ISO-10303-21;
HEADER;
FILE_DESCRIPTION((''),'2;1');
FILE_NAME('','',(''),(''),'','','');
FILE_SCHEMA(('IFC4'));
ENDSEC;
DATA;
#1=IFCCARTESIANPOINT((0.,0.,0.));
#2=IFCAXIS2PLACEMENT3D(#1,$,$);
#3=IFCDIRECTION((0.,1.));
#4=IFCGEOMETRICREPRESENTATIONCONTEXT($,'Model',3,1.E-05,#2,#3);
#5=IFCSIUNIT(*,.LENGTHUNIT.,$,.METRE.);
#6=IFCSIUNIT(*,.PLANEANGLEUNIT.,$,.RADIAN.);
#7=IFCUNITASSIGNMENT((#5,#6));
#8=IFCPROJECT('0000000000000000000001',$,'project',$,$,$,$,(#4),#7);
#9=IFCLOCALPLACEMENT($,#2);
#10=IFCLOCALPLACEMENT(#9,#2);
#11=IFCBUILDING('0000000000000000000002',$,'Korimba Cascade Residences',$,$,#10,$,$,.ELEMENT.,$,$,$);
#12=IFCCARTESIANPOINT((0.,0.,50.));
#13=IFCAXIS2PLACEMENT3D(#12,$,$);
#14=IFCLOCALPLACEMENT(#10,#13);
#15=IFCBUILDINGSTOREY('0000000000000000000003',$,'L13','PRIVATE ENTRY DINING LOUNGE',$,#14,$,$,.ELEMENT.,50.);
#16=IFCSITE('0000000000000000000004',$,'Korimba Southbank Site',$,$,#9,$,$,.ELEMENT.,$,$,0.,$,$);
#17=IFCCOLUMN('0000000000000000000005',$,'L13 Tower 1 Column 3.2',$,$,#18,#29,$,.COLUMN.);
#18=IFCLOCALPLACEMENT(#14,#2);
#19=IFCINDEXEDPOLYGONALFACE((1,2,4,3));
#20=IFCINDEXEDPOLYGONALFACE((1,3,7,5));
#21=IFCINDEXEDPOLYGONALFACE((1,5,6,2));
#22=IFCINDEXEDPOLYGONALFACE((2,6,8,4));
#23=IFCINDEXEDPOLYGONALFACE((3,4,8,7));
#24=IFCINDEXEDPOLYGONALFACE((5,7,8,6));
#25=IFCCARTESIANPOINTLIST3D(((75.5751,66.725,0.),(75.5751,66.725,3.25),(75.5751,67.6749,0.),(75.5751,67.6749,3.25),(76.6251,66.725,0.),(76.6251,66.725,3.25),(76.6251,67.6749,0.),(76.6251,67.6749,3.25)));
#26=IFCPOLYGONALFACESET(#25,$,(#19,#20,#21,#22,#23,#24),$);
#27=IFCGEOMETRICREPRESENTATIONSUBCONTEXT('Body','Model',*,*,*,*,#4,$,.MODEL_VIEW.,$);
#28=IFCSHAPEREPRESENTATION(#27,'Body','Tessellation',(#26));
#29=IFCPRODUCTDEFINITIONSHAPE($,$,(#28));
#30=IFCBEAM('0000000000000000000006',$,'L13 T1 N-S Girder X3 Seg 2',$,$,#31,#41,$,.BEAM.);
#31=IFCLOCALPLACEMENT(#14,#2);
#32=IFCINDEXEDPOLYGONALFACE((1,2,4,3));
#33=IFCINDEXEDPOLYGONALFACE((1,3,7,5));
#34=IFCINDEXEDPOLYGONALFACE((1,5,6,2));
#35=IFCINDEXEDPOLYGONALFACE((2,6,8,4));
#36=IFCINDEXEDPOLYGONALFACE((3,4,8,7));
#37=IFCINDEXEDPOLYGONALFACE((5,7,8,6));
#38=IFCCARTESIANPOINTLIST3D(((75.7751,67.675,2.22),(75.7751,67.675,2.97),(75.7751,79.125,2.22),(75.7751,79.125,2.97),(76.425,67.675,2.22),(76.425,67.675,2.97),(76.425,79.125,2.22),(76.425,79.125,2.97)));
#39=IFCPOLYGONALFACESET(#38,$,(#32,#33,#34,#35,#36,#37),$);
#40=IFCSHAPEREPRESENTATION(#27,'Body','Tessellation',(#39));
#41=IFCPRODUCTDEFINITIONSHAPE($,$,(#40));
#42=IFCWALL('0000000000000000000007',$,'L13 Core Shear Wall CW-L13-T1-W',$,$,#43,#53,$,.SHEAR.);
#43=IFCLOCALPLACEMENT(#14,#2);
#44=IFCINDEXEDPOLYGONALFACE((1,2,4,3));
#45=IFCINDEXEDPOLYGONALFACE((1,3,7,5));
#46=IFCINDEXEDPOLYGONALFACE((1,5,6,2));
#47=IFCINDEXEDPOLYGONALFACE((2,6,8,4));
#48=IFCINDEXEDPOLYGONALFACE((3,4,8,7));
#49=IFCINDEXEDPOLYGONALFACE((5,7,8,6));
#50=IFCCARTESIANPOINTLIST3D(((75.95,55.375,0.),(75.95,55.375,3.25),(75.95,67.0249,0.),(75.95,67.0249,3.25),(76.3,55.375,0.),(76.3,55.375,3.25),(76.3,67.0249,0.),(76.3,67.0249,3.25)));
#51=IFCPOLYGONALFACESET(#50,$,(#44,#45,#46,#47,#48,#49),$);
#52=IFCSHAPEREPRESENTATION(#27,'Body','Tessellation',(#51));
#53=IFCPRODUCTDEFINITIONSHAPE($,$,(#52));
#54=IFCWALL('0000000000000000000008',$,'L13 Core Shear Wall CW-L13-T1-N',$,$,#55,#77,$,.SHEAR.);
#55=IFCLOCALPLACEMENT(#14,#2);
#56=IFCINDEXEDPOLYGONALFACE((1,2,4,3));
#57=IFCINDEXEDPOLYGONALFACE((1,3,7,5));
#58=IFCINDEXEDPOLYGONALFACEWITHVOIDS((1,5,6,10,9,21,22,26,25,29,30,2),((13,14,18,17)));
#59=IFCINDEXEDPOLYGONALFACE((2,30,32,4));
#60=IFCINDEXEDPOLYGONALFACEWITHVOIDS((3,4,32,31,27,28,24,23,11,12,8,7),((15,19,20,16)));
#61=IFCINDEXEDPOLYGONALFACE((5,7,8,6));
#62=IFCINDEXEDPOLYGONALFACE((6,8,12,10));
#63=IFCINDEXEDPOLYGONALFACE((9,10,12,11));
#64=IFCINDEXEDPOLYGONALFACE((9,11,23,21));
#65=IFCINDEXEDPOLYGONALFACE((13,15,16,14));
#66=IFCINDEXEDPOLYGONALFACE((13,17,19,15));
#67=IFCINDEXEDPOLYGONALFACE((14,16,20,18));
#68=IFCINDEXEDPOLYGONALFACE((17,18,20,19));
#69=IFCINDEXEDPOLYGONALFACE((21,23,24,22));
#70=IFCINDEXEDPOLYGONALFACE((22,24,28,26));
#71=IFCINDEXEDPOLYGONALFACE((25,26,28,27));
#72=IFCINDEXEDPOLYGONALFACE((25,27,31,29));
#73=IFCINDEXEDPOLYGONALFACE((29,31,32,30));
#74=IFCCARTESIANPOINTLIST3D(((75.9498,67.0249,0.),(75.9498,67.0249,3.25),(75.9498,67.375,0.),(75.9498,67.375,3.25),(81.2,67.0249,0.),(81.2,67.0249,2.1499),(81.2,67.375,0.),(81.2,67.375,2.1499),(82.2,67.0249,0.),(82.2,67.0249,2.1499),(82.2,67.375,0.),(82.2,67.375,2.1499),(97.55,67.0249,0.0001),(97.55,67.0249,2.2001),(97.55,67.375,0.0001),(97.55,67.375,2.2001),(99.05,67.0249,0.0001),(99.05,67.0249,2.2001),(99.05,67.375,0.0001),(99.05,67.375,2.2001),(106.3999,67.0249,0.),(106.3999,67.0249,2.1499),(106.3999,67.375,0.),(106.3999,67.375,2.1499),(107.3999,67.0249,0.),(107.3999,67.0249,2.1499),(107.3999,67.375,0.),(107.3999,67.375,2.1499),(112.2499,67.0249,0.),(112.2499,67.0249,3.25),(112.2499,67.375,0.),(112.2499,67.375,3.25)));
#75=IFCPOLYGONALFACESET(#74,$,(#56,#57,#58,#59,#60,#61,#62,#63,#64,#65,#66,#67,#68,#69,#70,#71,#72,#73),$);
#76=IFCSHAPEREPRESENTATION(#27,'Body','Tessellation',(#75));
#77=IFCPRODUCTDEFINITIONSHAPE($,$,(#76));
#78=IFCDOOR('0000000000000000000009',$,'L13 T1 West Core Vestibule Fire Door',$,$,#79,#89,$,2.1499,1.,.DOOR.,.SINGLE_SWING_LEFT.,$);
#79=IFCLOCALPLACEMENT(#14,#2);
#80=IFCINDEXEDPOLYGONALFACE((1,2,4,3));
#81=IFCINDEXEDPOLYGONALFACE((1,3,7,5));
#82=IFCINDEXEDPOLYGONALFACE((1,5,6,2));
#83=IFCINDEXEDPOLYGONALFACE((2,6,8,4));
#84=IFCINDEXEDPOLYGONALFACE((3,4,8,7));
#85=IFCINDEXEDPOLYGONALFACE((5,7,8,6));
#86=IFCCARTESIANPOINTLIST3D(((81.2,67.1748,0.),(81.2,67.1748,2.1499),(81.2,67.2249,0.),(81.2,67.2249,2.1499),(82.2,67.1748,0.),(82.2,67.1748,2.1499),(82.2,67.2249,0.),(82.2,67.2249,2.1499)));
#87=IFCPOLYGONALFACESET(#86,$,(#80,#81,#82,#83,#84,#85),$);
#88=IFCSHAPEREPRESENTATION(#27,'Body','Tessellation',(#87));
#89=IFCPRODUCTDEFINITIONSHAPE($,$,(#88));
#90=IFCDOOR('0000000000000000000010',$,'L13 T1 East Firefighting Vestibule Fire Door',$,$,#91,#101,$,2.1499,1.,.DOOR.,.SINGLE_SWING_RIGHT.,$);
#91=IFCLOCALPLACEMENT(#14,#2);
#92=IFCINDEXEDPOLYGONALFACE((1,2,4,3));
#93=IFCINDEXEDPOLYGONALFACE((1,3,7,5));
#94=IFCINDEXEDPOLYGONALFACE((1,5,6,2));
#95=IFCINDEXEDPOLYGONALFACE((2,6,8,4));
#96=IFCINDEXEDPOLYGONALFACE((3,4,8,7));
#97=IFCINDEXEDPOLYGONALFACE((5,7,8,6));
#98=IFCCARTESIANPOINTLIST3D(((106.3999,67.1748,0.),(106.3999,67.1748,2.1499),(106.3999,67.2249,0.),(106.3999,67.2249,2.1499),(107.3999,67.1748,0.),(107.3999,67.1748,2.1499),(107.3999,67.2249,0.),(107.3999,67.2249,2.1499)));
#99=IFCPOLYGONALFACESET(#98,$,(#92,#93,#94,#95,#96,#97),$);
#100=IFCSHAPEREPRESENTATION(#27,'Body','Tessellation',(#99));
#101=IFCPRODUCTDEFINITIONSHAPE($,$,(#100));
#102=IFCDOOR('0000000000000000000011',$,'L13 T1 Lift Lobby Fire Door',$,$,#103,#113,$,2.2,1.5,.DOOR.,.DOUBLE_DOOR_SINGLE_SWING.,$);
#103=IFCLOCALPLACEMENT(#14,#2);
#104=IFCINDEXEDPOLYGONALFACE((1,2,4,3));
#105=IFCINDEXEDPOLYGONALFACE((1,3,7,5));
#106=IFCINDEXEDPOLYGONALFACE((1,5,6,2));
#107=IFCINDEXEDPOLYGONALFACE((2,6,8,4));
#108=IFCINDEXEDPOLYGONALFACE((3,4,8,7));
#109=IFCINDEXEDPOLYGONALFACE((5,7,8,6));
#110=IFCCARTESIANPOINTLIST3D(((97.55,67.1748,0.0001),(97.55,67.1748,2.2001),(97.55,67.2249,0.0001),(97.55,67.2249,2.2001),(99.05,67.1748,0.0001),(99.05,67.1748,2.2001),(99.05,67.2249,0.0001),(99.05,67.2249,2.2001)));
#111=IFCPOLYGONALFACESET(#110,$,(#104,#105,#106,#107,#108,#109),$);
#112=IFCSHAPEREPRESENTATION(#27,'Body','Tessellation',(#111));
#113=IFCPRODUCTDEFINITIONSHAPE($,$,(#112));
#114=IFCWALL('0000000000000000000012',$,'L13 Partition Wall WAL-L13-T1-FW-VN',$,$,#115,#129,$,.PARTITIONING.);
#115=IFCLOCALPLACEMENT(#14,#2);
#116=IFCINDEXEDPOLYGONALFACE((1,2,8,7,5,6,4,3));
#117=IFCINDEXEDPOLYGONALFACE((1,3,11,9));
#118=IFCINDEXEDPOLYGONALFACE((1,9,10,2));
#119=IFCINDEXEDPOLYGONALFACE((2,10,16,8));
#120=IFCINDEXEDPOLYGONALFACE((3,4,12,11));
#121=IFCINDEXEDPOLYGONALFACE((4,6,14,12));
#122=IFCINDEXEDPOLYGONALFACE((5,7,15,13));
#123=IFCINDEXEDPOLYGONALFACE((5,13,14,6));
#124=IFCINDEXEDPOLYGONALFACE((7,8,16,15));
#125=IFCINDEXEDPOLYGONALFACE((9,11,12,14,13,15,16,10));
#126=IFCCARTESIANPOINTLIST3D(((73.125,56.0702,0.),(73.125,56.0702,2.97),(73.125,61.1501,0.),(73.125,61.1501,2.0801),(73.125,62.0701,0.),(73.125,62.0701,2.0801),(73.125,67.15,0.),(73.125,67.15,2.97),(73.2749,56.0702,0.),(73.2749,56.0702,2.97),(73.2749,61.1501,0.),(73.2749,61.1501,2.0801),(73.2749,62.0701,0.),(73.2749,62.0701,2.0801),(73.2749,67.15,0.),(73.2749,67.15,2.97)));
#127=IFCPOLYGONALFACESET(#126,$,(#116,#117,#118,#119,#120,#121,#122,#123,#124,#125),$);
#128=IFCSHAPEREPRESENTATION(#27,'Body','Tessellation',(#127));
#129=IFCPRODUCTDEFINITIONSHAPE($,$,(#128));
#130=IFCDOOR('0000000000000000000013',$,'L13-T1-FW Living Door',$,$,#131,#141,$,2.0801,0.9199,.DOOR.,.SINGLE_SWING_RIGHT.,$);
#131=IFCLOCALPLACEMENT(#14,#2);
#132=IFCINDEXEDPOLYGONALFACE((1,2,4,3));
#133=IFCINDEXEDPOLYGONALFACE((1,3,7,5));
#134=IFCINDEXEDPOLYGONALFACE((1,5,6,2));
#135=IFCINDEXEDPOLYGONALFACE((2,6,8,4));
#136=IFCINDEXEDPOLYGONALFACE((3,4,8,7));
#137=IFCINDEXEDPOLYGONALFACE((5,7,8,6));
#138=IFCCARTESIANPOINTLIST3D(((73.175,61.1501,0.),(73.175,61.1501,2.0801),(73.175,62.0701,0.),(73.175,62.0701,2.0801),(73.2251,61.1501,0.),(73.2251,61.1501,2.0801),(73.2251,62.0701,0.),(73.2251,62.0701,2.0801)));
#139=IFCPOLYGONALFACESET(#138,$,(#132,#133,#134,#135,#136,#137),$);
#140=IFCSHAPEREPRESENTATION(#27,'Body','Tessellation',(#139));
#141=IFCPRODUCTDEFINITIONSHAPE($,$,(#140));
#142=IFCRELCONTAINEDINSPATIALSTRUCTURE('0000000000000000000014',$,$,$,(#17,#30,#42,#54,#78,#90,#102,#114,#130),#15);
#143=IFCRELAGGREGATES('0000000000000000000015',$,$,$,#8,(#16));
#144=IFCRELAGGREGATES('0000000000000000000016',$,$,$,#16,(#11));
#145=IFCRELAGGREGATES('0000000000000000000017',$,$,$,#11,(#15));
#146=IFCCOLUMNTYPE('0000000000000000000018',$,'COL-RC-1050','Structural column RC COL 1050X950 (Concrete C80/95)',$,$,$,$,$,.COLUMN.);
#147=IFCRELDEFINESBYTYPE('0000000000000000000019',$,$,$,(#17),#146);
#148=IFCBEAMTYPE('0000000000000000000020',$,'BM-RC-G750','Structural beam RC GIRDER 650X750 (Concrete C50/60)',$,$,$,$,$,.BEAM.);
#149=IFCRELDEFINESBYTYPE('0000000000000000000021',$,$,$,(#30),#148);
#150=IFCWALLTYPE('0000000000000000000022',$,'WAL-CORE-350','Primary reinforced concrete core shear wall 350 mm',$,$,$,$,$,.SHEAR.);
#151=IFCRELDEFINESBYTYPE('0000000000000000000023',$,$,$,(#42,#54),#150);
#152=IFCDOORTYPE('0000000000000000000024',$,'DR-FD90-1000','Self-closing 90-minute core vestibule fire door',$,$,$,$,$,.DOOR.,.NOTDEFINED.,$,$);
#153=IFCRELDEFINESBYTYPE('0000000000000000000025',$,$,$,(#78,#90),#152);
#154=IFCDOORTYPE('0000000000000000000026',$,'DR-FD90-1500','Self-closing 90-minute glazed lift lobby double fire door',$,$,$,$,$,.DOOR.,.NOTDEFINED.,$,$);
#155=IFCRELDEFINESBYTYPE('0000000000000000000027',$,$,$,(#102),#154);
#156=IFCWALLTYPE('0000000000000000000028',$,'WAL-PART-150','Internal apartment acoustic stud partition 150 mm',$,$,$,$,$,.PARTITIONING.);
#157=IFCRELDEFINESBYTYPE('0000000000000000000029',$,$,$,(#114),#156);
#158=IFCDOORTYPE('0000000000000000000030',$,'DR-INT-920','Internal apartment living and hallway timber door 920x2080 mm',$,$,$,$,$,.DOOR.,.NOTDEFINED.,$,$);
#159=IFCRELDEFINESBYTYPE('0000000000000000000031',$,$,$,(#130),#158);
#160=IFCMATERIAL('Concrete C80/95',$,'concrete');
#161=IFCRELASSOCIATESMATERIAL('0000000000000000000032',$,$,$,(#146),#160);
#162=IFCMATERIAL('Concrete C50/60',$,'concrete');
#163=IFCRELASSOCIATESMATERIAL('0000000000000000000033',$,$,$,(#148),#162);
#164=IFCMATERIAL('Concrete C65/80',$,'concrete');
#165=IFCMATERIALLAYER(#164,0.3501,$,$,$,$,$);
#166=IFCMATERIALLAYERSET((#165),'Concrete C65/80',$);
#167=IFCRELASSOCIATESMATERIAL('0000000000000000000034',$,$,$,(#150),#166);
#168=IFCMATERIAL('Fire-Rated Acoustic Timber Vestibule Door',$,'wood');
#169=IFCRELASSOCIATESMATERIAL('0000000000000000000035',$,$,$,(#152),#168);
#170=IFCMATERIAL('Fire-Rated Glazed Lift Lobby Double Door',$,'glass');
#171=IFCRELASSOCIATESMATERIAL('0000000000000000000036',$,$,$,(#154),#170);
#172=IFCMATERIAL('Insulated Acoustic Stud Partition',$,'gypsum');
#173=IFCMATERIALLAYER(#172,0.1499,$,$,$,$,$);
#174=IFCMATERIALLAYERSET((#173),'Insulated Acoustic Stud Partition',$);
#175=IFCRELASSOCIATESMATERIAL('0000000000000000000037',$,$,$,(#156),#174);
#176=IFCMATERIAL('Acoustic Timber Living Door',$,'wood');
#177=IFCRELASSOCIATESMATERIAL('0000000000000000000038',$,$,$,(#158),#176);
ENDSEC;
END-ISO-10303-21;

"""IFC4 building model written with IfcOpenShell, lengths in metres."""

from ifc_helpers import new_model, si_unit, direction, frame, frame_2d, origin, origin_2d, place, context, subcontext, project, spatial, rectangle, extrude, material, layer, layer_set, material_profile, profile_set, type_object, element, fill, save


model = new_model("IFC4")

# Units and contexts
model_context = context("Model", 3, precision=1e-05, world=origin(), true_north=direction((0.0, 1.0)))
body_context = subcontext(model_context, "Body", "Model", "MODEL_VIEW")
ifc_project = project(units=[si_unit("LENGTHUNIT", "METRE"), si_unit("PLANEANGLEUNIT", "RADIAN")], contexts=[model_context])

# Site, building, storey
site_placement = place(None, origin())
site = spatial("IfcSite", under=ifc_project, at=site_placement, Name="Korimba Southbank Site", CompositionType="ELEMENT", RefElevation=0.0)
building_placement = place(site_placement, origin())
building = spatial("IfcBuilding", under=site, at=building_placement, Name="Korimba Cascade Residences", CompositionType="ELEMENT")
storey_placement = place(building_placement, frame((0.0, 0.0, 50.0)))
storey = spatial("IfcBuildingStorey", under=building, at=storey_placement, Name="L13", Description="PRIVATE ENTRY DINING LOUNGE", CompositionType="ELEMENT", Elevation=50.0)

# Column
ifc_material_1 = material(Name="Concrete C80/95", Category="concrete")
ifc_material_profile_1 = material_profile(ifc_material_1, rectangle(XDim=1.05, YDim=0.95, at=origin_2d()), Name="Concrete C80/95")
ifc_profile_set_1 = profile_set([ifc_material_profile_1], Name="Concrete C80/95")
column_type = type_object("IfcColumnType", Name="COL-RC-1050", Description="Structural column RC COL 1050X950 (Concrete C80/95)", PredefinedType="COLUMN", material=ifc_profile_set_1)
column_placement = place(storey_placement, frame((76.1001, 67.2, 0.0), z_axis=(0.0, 0.0, 1.0), x_axis=(1.0, 0.0, 0.0)))
element("IfcColumn", 1, at=column_placement, inside=storey, type_object=column_type, Name="L13 Tower 1 Column 3.2", PredefinedType="COLUMN", context=body_context, shape_type="SweptSolid", body=[
    extrude(rectangle(XDim=1.05, YDim=0.95, at=origin_2d()), origin(), (0.0, 0.0, 1.0), 3.25),
])

# Beam
ifc_material_2 = material(Name="Concrete C50/60", Category="concrete")
ifc_material_profile_2 = material_profile(ifc_material_2, rectangle(XDim=0.6499, YDim=0.75, at=origin_2d()), Name="Concrete C50/60")
ifc_profile_set_2 = profile_set([ifc_material_profile_2], Name="Concrete C50/60")
beam_type = type_object("IfcBeamType", Name="BM-RC-G750", Description="Structural beam RC GIRDER 650X750 (Concrete C50/60)", PredefinedType="BEAM", material=ifc_profile_set_2)
beam_placement = place(storey_placement, frame((76.1001, 67.675, 2.595), z_axis=(0.0, 1.0, 0.0), x_axis=(-1.0, 0.0, 0.0)))
element("IfcBeam", 2, at=beam_placement, inside=storey, type_object=beam_type, Name="L13 T1 N-S Girder X3 Seg 2", PredefinedType="BEAM", context=body_context, shape_type="SweptSolid", body=[
    extrude(rectangle(XDim=0.6499, YDim=0.75, at=origin_2d()), origin(), (0.0, 0.0, 1.0), 11.45),
])

# Wall
ifc_material_3 = material(Name="Concrete C65/80", Category="concrete")
ifc_layer_1 = layer(ifc_material_3, 0.3501)
ifc_layer_set_1 = layer_set([ifc_layer_1], Name="Concrete C65/80")
wall_type_1 = type_object("IfcWallType", Name="WAL-CORE-350", Description="Primary reinforced concrete core shear wall 350 mm", PredefinedType="SHEAR", material=ifc_layer_set_1)
wall_1_placement = place(storey_placement, frame((76.125, 55.375, 0.0), z_axis=(0.0, 0.0, 1.0), x_axis=(0.0, 1.0, 0.0)))
element("IfcWall", 3, at=wall_1_placement, inside=storey, type_object=wall_type_1, Name="L13 Core Shear Wall CW-L13-T1-W", PredefinedType="SHEAR", context=body_context, shape_type="SweptSolid", body=[
    extrude(rectangle(XDim=11.6499, YDim=0.3501, at=frame_2d((5.825, 0.0))), origin(), (0.0, 0.0, 1.0), 3.25),
])

# Wall, openings, doors
wall_2_placement = place(storey_placement, frame((75.95, 67.2, 0.0), z_axis=(0.0, 0.0, 1.0), x_axis=(1.0, 0.0, 0.0)))
wall_2 = element("IfcWall", 4, at=wall_2_placement, inside=storey, type_object=wall_type_1, Name="L13 Core Shear Wall CW-L13-T1-N", PredefinedType="SHEAR", context=body_context, shape_type="SweptSolid", body=[
    extrude(rectangle(XDim=36.3, YDim=0.3501, at=frame_2d((18.1499, 0.0))), origin(), (0.0, 0.0, 1.0), 3.25),
])
opening_1_placement = place(wall_2_placement, frame((5.25, 0.0, 0.0)))
opening_1 = element("IfcOpeningElement", 5, at=opening_1_placement, cuts=wall_2, PredefinedType="OPENING", context=body_context, shape_type="SweptSolid", body=[
    extrude(rectangle(XDim=1.0, YDim=2.1499, at=frame_2d((0.5, 1.075))), frame((0.0, 0.1851, 0.0), z_axis=(0.0, -1.0, 0.0), x_axis=(1.0, 0.0, 0.0)), (0.0, 0.0, 1.0), 0.3701),
])
opening_2_placement = place(wall_2_placement, frame((21.6001, 0.0, 0.0)))
opening_2 = element("IfcOpeningElement", 6, at=opening_2_placement, cuts=wall_2, PredefinedType="OPENING", context=body_context, shape_type="SweptSolid", body=[
    extrude(rectangle(XDim=1.5, YDim=2.2, at=frame_2d((0.75, 1.1001))), frame((0.0, 0.1851, 0.0), z_axis=(0.0, -1.0, 0.0), x_axis=(1.0, 0.0, 0.0)), (0.0, 0.0, 1.0), 0.3701),
])
opening_3_placement = place(wall_2_placement, frame((30.45, 0.0, 0.0)))
opening_3 = element("IfcOpeningElement", 7, at=opening_3_placement, cuts=wall_2, PredefinedType="OPENING", context=body_context, shape_type="SweptSolid", body=[
    extrude(rectangle(XDim=1.0, YDim=2.1499, at=frame_2d((0.5, 1.075))), frame((0.0, 0.1851, 0.0), z_axis=(0.0, -1.0, 0.0), x_axis=(1.0, 0.0, 0.0)), (0.0, 0.0, 1.0), 0.3701),
])
ifc_material_4 = material(Name="Fire-Rated Acoustic Timber Vestibule Door", Category="wood")
door_type_1 = type_object("IfcDoorType", Name="DR-FD90-1000", Description="Self-closing 90-minute core vestibule fire door", OperationType="NOTDEFINED", PredefinedType="DOOR", material=ifc_material_4)
door_1_placement = place(opening_1_placement, origin())
door_1 = element("IfcDoor", 8, at=door_1_placement, inside=storey, type_object=door_type_1, Name="L13 T1 West Core Vestibule Fire Door", OperationType="SINGLE_SWING_LEFT", OverallHeight=2.1499, OverallWidth=1.0, PredefinedType="DOOR", context=body_context, shape_type="SweptSolid", body=[
    extrude(rectangle(XDim=1.0, YDim=2.1499, at=frame_2d((0.5, 1.075))), frame((0.0, 0.0249, 0.0), z_axis=(0.0, -1.0, 0.0), x_axis=(1.0, 0.0, 0.0)), (0.0, 0.0, 1.0), 0.05),
])
fill(opening_1, door_1)
door_2_placement = place(opening_3_placement, origin())
door_2 = element("IfcDoor", 9, at=door_2_placement, inside=storey, type_object=door_type_1, Name="L13 T1 East Firefighting Vestibule Fire Door", OperationType="SINGLE_SWING_RIGHT", OverallHeight=2.1499, OverallWidth=1.0, PredefinedType="DOOR", context=body_context, shape_type="SweptSolid", body=[
    extrude(rectangle(XDim=1.0, YDim=2.1499, at=frame_2d((0.5, 1.075))), frame((0.0, 0.0249, 0.0), z_axis=(0.0, -1.0, 0.0), x_axis=(1.0, 0.0, 0.0)), (0.0, 0.0, 1.0), 0.05),
])
fill(opening_3, door_2)
ifc_material_5 = material(Name="Fire-Rated Glazed Lift Lobby Double Door", Category="glass")
door_type_2 = type_object("IfcDoorType", Name="DR-FD90-1500", Description="Self-closing 90-minute glazed lift lobby double fire door", OperationType="NOTDEFINED", PredefinedType="DOOR", material=ifc_material_5)
door_3_placement = place(opening_2_placement, origin())
door_3 = element("IfcDoor", 10, at=door_3_placement, inside=storey, type_object=door_type_2, Name="L13 T1 Lift Lobby Fire Door", OperationType="DOUBLE_DOOR_SINGLE_SWING", OverallHeight=2.2, OverallWidth=1.5, PredefinedType="DOOR", context=body_context, shape_type="SweptSolid", body=[
    extrude(rectangle(XDim=1.5, YDim=2.2, at=frame_2d((0.75, 1.1001))), frame((0.0, 0.0249, 0.0), z_axis=(0.0, -1.0, 0.0), x_axis=(1.0, 0.0, 0.0)), (0.0, 0.0, 1.0), 0.05),
])
fill(opening_2, door_3)

# Wall, opening, door
ifc_material_6 = material(Name="Insulated Acoustic Stud Partition", Category="gypsum")
ifc_layer_2 = layer(ifc_material_6, 0.1499)
ifc_layer_set_2 = layer_set([ifc_layer_2], Name="Insulated Acoustic Stud Partition")
wall_type_2 = type_object("IfcWallType", Name="WAL-PART-150", Description="Internal apartment acoustic stud partition 150 mm", PredefinedType="PARTITIONING", material=ifc_layer_set_2)
wall_3_placement = place(storey_placement, frame((73.2, 56.0701, 0.0), z_axis=(0.0, 0.0, 1.0), x_axis=(0.0, 1.0, 0.0)))
wall_3 = element("IfcWall", 11, at=wall_3_placement, inside=storey, type_object=wall_type_2, Name="L13 Partition Wall WAL-L13-T1-FW-VN", PredefinedType="PARTITIONING", context=body_context, shape_type="SweptSolid", body=[
    extrude(rectangle(XDim=11.0798, YDim=0.1499, at=frame_2d((5.54, 0.0))), origin(), (0.0, 0.0, 1.0), 2.97),
])
opening_4_placement = place(wall_3_placement, frame((5.0801, 0.0, 0.0)))
opening_4 = element("IfcOpeningElement", 12, at=opening_4_placement, cuts=wall_3, PredefinedType="OPENING", context=body_context, shape_type="SweptSolid", body=[
    extrude(rectangle(XDim=0.9199, YDim=2.0801, at=frame_2d((0.46, 1.04))), frame((0.0, 0.085, 0.0), z_axis=(0.0, -1.0, 0.0), x_axis=(1.0, 0.0, 0.0)), (0.0, 0.0, 1.0), 0.1699),
])
ifc_material_7 = material(Name="Acoustic Timber Living Door", Category="wood")
door_type_3 = type_object("IfcDoorType", Name="DR-INT-920", Description="Internal apartment living and hallway timber door 920x2080 mm", OperationType="NOTDEFINED", PredefinedType="DOOR", material=ifc_material_7)
door_4_placement = place(opening_4_placement, origin())
door_4 = element("IfcDoor", 13, at=door_4_placement, inside=storey, type_object=door_type_3, Name="L13-T1-FW Living Door", OperationType="SINGLE_SWING_RIGHT", OverallHeight=2.0801, OverallWidth=0.9199, PredefinedType="DOOR", context=body_context, shape_type="SweptSolid", body=[
    extrude(rectangle(XDim=0.9199, YDim=2.0801, at=frame_2d((0.46, 1.04))), frame((0.0, 0.0249, 0.0), z_axis=(0.0, -1.0, 0.0), x_axis=(1.0, 0.0, 0.0)), (0.0, 0.0, 1.0), 0.05),
])
fill(opening_4, door_4)

save(model, "model.ifc")
